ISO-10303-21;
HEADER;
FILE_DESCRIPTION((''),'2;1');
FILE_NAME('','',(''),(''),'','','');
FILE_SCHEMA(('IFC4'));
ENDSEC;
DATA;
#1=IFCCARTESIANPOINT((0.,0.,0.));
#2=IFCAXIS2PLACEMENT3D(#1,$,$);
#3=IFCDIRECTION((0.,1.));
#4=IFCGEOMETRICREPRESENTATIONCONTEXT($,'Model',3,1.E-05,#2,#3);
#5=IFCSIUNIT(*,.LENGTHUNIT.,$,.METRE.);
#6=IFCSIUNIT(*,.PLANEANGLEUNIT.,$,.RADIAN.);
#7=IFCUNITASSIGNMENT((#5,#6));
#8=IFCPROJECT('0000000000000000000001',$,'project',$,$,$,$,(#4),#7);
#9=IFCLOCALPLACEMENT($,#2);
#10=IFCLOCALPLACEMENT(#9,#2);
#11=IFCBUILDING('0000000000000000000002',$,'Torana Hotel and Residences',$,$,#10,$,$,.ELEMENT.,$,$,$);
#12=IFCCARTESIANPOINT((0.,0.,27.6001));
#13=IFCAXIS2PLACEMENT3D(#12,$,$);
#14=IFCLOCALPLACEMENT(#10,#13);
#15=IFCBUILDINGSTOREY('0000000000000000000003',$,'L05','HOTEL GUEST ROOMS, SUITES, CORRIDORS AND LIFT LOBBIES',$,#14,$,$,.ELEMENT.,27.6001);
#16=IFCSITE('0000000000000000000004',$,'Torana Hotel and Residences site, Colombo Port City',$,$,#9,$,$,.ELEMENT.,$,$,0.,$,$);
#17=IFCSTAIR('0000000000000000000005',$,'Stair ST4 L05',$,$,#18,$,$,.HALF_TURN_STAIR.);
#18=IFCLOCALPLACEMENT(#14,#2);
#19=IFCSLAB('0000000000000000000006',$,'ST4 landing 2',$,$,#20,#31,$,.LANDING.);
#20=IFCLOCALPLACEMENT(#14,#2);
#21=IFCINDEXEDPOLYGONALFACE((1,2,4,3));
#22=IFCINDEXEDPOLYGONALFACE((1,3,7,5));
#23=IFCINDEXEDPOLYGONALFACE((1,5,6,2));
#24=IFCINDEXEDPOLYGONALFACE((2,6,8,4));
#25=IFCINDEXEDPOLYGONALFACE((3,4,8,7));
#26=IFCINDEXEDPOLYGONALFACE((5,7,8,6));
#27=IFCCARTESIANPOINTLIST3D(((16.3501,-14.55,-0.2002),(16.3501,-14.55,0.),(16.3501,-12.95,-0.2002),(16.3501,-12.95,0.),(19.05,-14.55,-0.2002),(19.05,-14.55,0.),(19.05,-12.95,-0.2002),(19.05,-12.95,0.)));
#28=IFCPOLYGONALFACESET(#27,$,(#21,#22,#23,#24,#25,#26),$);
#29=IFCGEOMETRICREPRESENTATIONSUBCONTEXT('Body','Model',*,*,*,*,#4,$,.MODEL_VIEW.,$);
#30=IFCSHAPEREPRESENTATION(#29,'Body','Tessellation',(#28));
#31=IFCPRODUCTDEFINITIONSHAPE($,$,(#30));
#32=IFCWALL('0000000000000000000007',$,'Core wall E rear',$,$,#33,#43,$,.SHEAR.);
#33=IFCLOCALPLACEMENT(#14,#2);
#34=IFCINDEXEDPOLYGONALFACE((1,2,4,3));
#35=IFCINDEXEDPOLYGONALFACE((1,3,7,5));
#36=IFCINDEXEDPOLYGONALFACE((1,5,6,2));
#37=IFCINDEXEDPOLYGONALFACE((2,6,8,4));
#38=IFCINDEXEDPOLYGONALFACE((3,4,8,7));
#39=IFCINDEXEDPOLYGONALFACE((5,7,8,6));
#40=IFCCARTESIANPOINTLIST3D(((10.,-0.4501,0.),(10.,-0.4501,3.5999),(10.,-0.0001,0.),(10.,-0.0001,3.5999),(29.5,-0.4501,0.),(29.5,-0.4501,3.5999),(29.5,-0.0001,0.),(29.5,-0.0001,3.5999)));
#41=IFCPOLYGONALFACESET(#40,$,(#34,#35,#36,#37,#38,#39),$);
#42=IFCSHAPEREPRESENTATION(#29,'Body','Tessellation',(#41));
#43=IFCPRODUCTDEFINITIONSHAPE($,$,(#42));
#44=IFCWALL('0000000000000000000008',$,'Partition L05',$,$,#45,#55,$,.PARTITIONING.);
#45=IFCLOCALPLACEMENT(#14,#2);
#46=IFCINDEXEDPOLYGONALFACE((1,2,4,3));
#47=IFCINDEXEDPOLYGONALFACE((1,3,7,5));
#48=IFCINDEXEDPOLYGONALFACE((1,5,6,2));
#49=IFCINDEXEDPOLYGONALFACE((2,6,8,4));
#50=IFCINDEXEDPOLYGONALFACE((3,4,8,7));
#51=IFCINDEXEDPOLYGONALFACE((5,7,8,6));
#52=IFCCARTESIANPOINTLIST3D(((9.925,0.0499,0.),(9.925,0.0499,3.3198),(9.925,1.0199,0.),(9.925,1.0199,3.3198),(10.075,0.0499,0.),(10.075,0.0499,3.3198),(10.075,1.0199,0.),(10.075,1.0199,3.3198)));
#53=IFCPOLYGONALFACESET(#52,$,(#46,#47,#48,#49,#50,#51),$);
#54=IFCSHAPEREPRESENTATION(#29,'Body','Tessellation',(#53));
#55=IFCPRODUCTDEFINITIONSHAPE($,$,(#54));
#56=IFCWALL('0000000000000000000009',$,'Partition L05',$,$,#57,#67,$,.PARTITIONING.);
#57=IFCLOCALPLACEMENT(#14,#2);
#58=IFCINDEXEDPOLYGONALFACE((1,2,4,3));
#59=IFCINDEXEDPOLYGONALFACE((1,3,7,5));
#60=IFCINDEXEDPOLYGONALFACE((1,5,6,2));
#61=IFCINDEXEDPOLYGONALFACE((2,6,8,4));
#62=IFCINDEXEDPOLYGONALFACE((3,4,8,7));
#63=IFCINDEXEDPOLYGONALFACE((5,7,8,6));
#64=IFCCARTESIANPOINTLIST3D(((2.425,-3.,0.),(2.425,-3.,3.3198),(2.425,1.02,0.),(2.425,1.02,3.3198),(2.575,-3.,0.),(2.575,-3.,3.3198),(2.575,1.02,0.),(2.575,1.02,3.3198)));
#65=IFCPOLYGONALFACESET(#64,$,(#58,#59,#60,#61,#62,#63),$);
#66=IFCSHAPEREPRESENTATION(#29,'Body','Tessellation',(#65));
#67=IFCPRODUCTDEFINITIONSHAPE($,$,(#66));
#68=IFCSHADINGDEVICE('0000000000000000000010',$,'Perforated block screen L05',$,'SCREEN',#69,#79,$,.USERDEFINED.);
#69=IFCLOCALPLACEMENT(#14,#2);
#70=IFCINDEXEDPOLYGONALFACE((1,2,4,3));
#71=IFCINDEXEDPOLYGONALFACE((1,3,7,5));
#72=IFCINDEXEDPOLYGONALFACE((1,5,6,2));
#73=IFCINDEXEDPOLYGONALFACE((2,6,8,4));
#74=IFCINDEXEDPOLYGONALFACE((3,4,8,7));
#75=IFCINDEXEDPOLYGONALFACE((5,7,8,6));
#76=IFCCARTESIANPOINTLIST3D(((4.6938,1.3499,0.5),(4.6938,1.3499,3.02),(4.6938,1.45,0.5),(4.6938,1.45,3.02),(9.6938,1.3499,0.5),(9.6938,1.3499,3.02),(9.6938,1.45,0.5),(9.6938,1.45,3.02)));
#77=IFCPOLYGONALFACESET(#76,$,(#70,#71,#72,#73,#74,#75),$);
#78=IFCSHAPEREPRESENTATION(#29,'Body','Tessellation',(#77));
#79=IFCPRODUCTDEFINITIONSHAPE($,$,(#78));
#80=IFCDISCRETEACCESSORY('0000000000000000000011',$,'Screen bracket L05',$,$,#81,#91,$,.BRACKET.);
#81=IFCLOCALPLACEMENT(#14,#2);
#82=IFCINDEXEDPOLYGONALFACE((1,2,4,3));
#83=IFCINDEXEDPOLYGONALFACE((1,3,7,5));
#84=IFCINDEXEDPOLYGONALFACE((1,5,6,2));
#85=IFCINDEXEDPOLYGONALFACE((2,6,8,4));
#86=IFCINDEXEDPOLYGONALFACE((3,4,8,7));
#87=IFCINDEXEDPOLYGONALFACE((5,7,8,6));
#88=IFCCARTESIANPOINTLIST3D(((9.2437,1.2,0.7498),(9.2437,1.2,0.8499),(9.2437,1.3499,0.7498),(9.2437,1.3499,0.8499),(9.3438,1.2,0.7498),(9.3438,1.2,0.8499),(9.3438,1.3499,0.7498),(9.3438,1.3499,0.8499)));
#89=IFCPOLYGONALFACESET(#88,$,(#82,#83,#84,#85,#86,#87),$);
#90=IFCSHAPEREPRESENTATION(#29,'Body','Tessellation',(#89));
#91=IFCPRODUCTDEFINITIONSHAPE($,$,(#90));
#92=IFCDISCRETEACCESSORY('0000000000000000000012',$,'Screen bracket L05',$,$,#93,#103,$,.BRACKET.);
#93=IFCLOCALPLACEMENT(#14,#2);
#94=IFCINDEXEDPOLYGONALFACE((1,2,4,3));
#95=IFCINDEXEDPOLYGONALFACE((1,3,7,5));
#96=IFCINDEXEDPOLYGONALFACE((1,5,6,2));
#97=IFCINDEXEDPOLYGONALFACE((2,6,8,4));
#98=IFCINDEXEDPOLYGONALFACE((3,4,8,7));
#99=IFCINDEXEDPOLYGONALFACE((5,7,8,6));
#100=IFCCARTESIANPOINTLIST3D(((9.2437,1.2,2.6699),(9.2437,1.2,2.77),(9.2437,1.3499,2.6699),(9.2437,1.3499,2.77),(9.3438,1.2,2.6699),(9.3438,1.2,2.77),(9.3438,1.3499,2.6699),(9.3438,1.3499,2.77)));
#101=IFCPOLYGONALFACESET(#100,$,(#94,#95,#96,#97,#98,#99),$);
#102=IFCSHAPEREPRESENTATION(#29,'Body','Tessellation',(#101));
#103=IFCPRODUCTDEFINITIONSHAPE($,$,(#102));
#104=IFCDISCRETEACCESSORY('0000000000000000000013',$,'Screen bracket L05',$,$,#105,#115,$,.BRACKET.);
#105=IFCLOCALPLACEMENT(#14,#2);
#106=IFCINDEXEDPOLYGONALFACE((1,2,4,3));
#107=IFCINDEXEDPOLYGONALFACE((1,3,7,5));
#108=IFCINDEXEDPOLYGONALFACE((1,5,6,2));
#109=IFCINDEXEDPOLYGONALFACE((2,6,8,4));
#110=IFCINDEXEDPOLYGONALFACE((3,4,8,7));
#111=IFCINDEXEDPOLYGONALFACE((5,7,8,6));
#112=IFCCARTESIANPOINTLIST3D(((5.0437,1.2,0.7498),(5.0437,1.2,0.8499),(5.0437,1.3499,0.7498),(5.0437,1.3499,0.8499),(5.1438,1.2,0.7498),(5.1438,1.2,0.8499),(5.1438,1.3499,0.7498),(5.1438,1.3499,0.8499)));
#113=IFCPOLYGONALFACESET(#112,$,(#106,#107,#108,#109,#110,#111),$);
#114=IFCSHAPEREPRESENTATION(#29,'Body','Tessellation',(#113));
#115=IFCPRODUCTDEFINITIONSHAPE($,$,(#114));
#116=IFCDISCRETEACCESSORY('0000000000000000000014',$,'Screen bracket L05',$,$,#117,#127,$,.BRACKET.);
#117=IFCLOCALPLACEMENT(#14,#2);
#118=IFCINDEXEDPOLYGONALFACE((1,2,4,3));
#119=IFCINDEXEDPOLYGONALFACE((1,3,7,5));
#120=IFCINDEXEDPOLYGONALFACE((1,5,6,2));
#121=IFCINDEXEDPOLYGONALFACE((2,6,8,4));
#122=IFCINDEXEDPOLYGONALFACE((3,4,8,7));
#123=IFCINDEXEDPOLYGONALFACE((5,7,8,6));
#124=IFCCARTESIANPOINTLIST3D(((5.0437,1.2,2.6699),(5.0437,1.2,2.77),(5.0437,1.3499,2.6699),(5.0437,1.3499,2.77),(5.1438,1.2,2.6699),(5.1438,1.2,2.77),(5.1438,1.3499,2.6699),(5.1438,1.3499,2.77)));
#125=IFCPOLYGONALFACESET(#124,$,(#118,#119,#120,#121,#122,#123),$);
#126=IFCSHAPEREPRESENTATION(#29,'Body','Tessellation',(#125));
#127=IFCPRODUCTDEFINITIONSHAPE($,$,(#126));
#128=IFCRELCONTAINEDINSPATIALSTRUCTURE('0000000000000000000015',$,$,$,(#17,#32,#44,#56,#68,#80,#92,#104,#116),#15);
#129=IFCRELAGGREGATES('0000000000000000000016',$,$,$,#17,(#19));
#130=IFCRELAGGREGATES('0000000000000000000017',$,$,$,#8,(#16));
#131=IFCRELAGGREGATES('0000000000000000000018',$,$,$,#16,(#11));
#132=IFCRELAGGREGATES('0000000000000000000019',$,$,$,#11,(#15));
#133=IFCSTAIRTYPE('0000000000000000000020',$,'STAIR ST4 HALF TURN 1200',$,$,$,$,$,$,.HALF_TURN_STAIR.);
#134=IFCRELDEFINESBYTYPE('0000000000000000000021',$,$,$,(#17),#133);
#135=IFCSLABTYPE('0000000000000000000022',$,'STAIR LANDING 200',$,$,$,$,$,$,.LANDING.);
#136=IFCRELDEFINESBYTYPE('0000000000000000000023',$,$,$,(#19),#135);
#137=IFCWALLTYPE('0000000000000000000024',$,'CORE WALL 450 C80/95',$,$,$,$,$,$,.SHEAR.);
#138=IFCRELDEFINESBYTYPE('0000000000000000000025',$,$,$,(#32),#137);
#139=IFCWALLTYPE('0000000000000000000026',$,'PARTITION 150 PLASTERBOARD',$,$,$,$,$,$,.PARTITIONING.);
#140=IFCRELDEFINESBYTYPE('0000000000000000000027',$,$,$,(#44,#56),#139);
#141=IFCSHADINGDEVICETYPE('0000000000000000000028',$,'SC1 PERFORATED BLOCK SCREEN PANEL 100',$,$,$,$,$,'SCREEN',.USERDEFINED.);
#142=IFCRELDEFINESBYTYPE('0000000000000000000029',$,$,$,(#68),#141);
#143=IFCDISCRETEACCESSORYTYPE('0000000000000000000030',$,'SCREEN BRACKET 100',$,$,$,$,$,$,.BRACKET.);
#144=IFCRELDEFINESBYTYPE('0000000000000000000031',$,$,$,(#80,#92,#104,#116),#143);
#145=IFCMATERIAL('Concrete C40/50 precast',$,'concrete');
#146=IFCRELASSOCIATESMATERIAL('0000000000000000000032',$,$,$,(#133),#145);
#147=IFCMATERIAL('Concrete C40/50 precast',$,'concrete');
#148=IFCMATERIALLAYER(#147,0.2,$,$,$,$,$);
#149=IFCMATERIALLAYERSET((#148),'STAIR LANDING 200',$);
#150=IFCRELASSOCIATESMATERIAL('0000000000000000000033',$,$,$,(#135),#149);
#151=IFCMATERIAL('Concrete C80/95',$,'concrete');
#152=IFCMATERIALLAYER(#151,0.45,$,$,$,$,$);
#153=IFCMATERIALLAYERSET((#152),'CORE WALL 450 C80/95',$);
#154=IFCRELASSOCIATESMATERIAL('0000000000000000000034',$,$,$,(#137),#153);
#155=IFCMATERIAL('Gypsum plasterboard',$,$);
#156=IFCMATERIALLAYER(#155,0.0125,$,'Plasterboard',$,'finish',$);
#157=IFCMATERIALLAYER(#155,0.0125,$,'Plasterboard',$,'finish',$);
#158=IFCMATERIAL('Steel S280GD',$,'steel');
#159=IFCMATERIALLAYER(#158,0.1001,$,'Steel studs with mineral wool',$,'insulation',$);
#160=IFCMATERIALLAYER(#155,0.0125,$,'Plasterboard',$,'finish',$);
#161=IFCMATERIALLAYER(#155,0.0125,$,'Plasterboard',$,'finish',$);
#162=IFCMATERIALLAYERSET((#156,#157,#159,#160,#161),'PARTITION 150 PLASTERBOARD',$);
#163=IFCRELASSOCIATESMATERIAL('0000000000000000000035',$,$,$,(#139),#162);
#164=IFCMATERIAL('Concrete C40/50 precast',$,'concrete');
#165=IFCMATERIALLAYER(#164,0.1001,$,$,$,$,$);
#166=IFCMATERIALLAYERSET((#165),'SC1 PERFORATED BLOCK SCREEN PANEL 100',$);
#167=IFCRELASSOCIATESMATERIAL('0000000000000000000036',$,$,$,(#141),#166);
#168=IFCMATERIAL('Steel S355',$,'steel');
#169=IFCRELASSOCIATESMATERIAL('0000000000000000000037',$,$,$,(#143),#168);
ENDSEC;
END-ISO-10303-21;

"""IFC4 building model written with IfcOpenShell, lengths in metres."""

from ifc_helpers import new_model, si_unit, direction, frame, frame_2d, origin, origin_2d, place, context, subcontext, project, spatial, polyline, rectangle, outline, extrude, material, layer, layer_set, type_object, element, aggregate, save


model = new_model("IFC4")

# Units and contexts
model_context = context("Model", 3, precision=1e-05, world=origin(), true_north=direction((0.0, 1.0)))
body_context = subcontext(model_context, "Body", "Model", "MODEL_VIEW")
ifc_project = project(units=[si_unit("LENGTHUNIT", "METRE"), si_unit("PLANEANGLEUNIT", "RADIAN")], contexts=[model_context])

# Site, building, storey
site_placement = place(None, origin())
site = spatial("IfcSite", under=ifc_project, at=site_placement, Name="Torana Hotel and Residences site, Colombo Port City", CompositionType="ELEMENT", RefElevation=0.0)
building_placement = place(site_placement, origin())
building = spatial("IfcBuilding", under=site, at=building_placement, Name="Torana Hotel and Residences", CompositionType="ELEMENT")
storey_placement = place(building_placement, frame((0.0, 0.0, 27.6001)))
storey = spatial("IfcBuildingStorey", under=building, at=storey_placement, Name="L05", Description="HOTEL GUEST ROOMS, SUITES, CORRIDORS AND LIFT LOBBIES", CompositionType="ELEMENT", Elevation=27.6001)

# Stair, slab
ifc_material_1 = material(Name="Concrete C40/50 precast", Category="concrete")
stair_type = type_object("IfcStairType", Name="STAIR ST4 HALF TURN 1200", PredefinedType="HALF_TURN_STAIR", material=ifc_material_1)
stair_placement = place(storey_placement, origin())
stair = element("IfcStair", 1, at=stair_placement, inside=storey, type_object=stair_type, Name="Stair ST4 L05", PredefinedType="HALF_TURN_STAIR")
ifc_material_2 = material(Name="Concrete C40/50 precast", Category="concrete")
ifc_layer_1 = layer(ifc_material_2, 0.2)
ifc_layer_set_1 = layer_set([ifc_layer_1], Name="STAIR LANDING 200")
slab_type = type_object("IfcSlabType", Name="STAIR LANDING 200", PredefinedType="LANDING", material=ifc_layer_set_1)
slab_placement = place(storey_placement, frame((0.0, 0.0, -0.2002)))
slab = element("IfcSlab", 2, at=slab_placement, type_object=slab_type, Name="ST4 landing 2", PredefinedType="LANDING", context=body_context, shape_type="SweptSolid", body=[
    extrude(outline(polyline([(16.3501, -14.55), (19.05, -14.55), (19.05, -12.95), (16.3501, -12.95), (16.3501, -14.55)])), origin(), (0.0, 0.0, 1.0), 0.2002),
])
aggregate(stair, [slab])

# Walls
ifc_material_3 = material(Name="Concrete C80/95", Category="concrete")
ifc_layer_2 = layer(ifc_material_3, 0.45)
ifc_layer_set_2 = layer_set([ifc_layer_2], Name="CORE WALL 450 C80/95")
wall_type_1 = type_object("IfcWallType", Name="CORE WALL 450 C80/95", PredefinedType="SHEAR", material=ifc_layer_set_2)
wall_1_placement = place(storey_placement, frame((10.0, -0.2251, 0.0), z_axis=(0.0, 0.0, 1.0), x_axis=(1.0, 0.0, 0.0)))
element("IfcWall", 3, at=wall_1_placement, inside=storey, type_object=wall_type_1, Name="Core wall E rear", PredefinedType="SHEAR", context=body_context, shape_type="SweptSolid", body=[
    extrude(rectangle(XDim=19.5, YDim=0.45, at=frame_2d((9.75, 0.0))), origin(), (0.0, 0.0, 1.0), 3.5999),
])
ifc_material_4 = material(Name="Gypsum plasterboard")
ifc_layer_3 = layer(ifc_material_4, 0.0125, Name="Plasterboard", Category="finish")
ifc_layer_4 = layer(ifc_material_4, 0.0125, Name="Plasterboard", Category="finish")
ifc_material_5 = material(Name="Steel S280GD", Category="steel")
ifc_layer_5 = layer(ifc_material_5, 0.1001, Name="Steel studs with mineral wool", Category="insulation")
ifc_layer_6 = layer(ifc_material_4, 0.0125, Name="Plasterboard", Category="finish")
ifc_layer_7 = layer(ifc_material_4, 0.0125, Name="Plasterboard", Category="finish")
ifc_layer_set_3 = layer_set([ifc_layer_3, ifc_layer_4, ifc_layer_5, ifc_layer_6, ifc_layer_7], Name="PARTITION 150 PLASTERBOARD")
wall_type_2 = type_object("IfcWallType", Name="PARTITION 150 PLASTERBOARD", PredefinedType="PARTITIONING", material=ifc_layer_set_3)
wall_2_placement = place(storey_placement, frame((10.0, 0.05, 0.0), z_axis=(0.0, 0.0, 1.0), x_axis=(0.0, 1.0, 0.0)))
element("IfcWall", 4, at=wall_2_placement, inside=storey, type_object=wall_type_2, Name="Partition L05", PredefinedType="PARTITIONING", context=body_context, shape_type="SweptSolid", body=[
    extrude(rectangle(XDim=0.97, YDim=0.1499, at=frame_2d((0.4849, 0.0))), origin(), (0.0, 0.0, 1.0), 3.3198),
])
wall_3_placement = place(storey_placement, frame((2.5, -3.0, 0.0), z_axis=(0.0, 0.0, 1.0), x_axis=(0.0, 1.0, 0.0)))
element("IfcWall", 5, at=wall_3_placement, inside=storey, type_object=wall_type_2, Name="Partition L05", PredefinedType="PARTITIONING", context=body_context, shape_type="SweptSolid", body=[
    extrude(rectangle(XDim=4.02, YDim=0.1499, at=frame_2d((2.01, 0.0))), origin(), (0.0, 0.0, 1.0), 3.3198),
])

# Shading device
ifc_material_6 = material(Name="Concrete C40/50 precast", Category="concrete")
ifc_layer_8 = layer(ifc_material_6, 0.1001)
ifc_layer_set_4 = layer_set([ifc_layer_8], Name="SC1 PERFORATED BLOCK SCREEN PANEL 100")
shading_device_type = type_object("IfcShadingDeviceType", Name="SC1 PERFORATED BLOCK SCREEN PANEL 100", ElementType="SCREEN", PredefinedType="USERDEFINED", material=ifc_layer_set_4)
shading_device_placement = place(storey_placement, frame((7.1938, 1.3999, 0.5), z_axis=(0.0, 0.0, 1.0), x_axis=(-1.0, 0.0, 0.0)))
element("IfcShadingDevice", 6, at=shading_device_placement, inside=storey, type_object=shading_device_type, Name="Perforated block screen L05", ObjectType="SCREEN", PredefinedType="USERDEFINED", context=body_context, shape_type="SweptSolid", body=[
    extrude(rectangle(XDim=5.0, YDim=0.1001, at=origin_2d()), origin(), (0.0, 0.0, 1.0), 2.52),
])

# Discrete accessories
ifc_material_7 = material(Name="Steel S355", Category="steel")
discrete_accessory_type = type_object("IfcDiscreteAccessoryType", Name="SCREEN BRACKET 100", PredefinedType="BRACKET", material=ifc_material_7)
for number, where, z_axis, x_axis, name in (
    (7, (9.2937, 1.2749, 0.7498), (0.0, 0.0, 1.0), (-1.0, 0.0, 0.0), "Screen bracket L05"),
    (8, (9.2937, 1.2749, 2.6699), (0.0, 0.0, 1.0), (-1.0, 0.0, 0.0), "Screen bracket L05"),
    (9, (5.0938, 1.2749, 0.7498), (0.0, 0.0, 1.0), (-1.0, 0.0, 0.0), "Screen bracket L05"),
    (10, (5.0938, 1.2749, 2.6699), (0.0, 0.0, 1.0), (-1.0, 0.0, 0.0), "Screen bracket L05"),
):
    element("IfcDiscreteAccessory", number, at=place(storey_placement, frame(where, z_axis=z_axis, x_axis=x_axis)), inside=storey, type_object=discrete_accessory_type, Name=name, PredefinedType="BRACKET", context=body_context, shape_type="SweptSolid", body=[
        extrude(rectangle(XDim=0.1001, YDim=0.1499, at=origin_2d()), origin(), (0.0, 0.0, 1.0), 0.1001),
    ])

save(model, "model.ifc")
